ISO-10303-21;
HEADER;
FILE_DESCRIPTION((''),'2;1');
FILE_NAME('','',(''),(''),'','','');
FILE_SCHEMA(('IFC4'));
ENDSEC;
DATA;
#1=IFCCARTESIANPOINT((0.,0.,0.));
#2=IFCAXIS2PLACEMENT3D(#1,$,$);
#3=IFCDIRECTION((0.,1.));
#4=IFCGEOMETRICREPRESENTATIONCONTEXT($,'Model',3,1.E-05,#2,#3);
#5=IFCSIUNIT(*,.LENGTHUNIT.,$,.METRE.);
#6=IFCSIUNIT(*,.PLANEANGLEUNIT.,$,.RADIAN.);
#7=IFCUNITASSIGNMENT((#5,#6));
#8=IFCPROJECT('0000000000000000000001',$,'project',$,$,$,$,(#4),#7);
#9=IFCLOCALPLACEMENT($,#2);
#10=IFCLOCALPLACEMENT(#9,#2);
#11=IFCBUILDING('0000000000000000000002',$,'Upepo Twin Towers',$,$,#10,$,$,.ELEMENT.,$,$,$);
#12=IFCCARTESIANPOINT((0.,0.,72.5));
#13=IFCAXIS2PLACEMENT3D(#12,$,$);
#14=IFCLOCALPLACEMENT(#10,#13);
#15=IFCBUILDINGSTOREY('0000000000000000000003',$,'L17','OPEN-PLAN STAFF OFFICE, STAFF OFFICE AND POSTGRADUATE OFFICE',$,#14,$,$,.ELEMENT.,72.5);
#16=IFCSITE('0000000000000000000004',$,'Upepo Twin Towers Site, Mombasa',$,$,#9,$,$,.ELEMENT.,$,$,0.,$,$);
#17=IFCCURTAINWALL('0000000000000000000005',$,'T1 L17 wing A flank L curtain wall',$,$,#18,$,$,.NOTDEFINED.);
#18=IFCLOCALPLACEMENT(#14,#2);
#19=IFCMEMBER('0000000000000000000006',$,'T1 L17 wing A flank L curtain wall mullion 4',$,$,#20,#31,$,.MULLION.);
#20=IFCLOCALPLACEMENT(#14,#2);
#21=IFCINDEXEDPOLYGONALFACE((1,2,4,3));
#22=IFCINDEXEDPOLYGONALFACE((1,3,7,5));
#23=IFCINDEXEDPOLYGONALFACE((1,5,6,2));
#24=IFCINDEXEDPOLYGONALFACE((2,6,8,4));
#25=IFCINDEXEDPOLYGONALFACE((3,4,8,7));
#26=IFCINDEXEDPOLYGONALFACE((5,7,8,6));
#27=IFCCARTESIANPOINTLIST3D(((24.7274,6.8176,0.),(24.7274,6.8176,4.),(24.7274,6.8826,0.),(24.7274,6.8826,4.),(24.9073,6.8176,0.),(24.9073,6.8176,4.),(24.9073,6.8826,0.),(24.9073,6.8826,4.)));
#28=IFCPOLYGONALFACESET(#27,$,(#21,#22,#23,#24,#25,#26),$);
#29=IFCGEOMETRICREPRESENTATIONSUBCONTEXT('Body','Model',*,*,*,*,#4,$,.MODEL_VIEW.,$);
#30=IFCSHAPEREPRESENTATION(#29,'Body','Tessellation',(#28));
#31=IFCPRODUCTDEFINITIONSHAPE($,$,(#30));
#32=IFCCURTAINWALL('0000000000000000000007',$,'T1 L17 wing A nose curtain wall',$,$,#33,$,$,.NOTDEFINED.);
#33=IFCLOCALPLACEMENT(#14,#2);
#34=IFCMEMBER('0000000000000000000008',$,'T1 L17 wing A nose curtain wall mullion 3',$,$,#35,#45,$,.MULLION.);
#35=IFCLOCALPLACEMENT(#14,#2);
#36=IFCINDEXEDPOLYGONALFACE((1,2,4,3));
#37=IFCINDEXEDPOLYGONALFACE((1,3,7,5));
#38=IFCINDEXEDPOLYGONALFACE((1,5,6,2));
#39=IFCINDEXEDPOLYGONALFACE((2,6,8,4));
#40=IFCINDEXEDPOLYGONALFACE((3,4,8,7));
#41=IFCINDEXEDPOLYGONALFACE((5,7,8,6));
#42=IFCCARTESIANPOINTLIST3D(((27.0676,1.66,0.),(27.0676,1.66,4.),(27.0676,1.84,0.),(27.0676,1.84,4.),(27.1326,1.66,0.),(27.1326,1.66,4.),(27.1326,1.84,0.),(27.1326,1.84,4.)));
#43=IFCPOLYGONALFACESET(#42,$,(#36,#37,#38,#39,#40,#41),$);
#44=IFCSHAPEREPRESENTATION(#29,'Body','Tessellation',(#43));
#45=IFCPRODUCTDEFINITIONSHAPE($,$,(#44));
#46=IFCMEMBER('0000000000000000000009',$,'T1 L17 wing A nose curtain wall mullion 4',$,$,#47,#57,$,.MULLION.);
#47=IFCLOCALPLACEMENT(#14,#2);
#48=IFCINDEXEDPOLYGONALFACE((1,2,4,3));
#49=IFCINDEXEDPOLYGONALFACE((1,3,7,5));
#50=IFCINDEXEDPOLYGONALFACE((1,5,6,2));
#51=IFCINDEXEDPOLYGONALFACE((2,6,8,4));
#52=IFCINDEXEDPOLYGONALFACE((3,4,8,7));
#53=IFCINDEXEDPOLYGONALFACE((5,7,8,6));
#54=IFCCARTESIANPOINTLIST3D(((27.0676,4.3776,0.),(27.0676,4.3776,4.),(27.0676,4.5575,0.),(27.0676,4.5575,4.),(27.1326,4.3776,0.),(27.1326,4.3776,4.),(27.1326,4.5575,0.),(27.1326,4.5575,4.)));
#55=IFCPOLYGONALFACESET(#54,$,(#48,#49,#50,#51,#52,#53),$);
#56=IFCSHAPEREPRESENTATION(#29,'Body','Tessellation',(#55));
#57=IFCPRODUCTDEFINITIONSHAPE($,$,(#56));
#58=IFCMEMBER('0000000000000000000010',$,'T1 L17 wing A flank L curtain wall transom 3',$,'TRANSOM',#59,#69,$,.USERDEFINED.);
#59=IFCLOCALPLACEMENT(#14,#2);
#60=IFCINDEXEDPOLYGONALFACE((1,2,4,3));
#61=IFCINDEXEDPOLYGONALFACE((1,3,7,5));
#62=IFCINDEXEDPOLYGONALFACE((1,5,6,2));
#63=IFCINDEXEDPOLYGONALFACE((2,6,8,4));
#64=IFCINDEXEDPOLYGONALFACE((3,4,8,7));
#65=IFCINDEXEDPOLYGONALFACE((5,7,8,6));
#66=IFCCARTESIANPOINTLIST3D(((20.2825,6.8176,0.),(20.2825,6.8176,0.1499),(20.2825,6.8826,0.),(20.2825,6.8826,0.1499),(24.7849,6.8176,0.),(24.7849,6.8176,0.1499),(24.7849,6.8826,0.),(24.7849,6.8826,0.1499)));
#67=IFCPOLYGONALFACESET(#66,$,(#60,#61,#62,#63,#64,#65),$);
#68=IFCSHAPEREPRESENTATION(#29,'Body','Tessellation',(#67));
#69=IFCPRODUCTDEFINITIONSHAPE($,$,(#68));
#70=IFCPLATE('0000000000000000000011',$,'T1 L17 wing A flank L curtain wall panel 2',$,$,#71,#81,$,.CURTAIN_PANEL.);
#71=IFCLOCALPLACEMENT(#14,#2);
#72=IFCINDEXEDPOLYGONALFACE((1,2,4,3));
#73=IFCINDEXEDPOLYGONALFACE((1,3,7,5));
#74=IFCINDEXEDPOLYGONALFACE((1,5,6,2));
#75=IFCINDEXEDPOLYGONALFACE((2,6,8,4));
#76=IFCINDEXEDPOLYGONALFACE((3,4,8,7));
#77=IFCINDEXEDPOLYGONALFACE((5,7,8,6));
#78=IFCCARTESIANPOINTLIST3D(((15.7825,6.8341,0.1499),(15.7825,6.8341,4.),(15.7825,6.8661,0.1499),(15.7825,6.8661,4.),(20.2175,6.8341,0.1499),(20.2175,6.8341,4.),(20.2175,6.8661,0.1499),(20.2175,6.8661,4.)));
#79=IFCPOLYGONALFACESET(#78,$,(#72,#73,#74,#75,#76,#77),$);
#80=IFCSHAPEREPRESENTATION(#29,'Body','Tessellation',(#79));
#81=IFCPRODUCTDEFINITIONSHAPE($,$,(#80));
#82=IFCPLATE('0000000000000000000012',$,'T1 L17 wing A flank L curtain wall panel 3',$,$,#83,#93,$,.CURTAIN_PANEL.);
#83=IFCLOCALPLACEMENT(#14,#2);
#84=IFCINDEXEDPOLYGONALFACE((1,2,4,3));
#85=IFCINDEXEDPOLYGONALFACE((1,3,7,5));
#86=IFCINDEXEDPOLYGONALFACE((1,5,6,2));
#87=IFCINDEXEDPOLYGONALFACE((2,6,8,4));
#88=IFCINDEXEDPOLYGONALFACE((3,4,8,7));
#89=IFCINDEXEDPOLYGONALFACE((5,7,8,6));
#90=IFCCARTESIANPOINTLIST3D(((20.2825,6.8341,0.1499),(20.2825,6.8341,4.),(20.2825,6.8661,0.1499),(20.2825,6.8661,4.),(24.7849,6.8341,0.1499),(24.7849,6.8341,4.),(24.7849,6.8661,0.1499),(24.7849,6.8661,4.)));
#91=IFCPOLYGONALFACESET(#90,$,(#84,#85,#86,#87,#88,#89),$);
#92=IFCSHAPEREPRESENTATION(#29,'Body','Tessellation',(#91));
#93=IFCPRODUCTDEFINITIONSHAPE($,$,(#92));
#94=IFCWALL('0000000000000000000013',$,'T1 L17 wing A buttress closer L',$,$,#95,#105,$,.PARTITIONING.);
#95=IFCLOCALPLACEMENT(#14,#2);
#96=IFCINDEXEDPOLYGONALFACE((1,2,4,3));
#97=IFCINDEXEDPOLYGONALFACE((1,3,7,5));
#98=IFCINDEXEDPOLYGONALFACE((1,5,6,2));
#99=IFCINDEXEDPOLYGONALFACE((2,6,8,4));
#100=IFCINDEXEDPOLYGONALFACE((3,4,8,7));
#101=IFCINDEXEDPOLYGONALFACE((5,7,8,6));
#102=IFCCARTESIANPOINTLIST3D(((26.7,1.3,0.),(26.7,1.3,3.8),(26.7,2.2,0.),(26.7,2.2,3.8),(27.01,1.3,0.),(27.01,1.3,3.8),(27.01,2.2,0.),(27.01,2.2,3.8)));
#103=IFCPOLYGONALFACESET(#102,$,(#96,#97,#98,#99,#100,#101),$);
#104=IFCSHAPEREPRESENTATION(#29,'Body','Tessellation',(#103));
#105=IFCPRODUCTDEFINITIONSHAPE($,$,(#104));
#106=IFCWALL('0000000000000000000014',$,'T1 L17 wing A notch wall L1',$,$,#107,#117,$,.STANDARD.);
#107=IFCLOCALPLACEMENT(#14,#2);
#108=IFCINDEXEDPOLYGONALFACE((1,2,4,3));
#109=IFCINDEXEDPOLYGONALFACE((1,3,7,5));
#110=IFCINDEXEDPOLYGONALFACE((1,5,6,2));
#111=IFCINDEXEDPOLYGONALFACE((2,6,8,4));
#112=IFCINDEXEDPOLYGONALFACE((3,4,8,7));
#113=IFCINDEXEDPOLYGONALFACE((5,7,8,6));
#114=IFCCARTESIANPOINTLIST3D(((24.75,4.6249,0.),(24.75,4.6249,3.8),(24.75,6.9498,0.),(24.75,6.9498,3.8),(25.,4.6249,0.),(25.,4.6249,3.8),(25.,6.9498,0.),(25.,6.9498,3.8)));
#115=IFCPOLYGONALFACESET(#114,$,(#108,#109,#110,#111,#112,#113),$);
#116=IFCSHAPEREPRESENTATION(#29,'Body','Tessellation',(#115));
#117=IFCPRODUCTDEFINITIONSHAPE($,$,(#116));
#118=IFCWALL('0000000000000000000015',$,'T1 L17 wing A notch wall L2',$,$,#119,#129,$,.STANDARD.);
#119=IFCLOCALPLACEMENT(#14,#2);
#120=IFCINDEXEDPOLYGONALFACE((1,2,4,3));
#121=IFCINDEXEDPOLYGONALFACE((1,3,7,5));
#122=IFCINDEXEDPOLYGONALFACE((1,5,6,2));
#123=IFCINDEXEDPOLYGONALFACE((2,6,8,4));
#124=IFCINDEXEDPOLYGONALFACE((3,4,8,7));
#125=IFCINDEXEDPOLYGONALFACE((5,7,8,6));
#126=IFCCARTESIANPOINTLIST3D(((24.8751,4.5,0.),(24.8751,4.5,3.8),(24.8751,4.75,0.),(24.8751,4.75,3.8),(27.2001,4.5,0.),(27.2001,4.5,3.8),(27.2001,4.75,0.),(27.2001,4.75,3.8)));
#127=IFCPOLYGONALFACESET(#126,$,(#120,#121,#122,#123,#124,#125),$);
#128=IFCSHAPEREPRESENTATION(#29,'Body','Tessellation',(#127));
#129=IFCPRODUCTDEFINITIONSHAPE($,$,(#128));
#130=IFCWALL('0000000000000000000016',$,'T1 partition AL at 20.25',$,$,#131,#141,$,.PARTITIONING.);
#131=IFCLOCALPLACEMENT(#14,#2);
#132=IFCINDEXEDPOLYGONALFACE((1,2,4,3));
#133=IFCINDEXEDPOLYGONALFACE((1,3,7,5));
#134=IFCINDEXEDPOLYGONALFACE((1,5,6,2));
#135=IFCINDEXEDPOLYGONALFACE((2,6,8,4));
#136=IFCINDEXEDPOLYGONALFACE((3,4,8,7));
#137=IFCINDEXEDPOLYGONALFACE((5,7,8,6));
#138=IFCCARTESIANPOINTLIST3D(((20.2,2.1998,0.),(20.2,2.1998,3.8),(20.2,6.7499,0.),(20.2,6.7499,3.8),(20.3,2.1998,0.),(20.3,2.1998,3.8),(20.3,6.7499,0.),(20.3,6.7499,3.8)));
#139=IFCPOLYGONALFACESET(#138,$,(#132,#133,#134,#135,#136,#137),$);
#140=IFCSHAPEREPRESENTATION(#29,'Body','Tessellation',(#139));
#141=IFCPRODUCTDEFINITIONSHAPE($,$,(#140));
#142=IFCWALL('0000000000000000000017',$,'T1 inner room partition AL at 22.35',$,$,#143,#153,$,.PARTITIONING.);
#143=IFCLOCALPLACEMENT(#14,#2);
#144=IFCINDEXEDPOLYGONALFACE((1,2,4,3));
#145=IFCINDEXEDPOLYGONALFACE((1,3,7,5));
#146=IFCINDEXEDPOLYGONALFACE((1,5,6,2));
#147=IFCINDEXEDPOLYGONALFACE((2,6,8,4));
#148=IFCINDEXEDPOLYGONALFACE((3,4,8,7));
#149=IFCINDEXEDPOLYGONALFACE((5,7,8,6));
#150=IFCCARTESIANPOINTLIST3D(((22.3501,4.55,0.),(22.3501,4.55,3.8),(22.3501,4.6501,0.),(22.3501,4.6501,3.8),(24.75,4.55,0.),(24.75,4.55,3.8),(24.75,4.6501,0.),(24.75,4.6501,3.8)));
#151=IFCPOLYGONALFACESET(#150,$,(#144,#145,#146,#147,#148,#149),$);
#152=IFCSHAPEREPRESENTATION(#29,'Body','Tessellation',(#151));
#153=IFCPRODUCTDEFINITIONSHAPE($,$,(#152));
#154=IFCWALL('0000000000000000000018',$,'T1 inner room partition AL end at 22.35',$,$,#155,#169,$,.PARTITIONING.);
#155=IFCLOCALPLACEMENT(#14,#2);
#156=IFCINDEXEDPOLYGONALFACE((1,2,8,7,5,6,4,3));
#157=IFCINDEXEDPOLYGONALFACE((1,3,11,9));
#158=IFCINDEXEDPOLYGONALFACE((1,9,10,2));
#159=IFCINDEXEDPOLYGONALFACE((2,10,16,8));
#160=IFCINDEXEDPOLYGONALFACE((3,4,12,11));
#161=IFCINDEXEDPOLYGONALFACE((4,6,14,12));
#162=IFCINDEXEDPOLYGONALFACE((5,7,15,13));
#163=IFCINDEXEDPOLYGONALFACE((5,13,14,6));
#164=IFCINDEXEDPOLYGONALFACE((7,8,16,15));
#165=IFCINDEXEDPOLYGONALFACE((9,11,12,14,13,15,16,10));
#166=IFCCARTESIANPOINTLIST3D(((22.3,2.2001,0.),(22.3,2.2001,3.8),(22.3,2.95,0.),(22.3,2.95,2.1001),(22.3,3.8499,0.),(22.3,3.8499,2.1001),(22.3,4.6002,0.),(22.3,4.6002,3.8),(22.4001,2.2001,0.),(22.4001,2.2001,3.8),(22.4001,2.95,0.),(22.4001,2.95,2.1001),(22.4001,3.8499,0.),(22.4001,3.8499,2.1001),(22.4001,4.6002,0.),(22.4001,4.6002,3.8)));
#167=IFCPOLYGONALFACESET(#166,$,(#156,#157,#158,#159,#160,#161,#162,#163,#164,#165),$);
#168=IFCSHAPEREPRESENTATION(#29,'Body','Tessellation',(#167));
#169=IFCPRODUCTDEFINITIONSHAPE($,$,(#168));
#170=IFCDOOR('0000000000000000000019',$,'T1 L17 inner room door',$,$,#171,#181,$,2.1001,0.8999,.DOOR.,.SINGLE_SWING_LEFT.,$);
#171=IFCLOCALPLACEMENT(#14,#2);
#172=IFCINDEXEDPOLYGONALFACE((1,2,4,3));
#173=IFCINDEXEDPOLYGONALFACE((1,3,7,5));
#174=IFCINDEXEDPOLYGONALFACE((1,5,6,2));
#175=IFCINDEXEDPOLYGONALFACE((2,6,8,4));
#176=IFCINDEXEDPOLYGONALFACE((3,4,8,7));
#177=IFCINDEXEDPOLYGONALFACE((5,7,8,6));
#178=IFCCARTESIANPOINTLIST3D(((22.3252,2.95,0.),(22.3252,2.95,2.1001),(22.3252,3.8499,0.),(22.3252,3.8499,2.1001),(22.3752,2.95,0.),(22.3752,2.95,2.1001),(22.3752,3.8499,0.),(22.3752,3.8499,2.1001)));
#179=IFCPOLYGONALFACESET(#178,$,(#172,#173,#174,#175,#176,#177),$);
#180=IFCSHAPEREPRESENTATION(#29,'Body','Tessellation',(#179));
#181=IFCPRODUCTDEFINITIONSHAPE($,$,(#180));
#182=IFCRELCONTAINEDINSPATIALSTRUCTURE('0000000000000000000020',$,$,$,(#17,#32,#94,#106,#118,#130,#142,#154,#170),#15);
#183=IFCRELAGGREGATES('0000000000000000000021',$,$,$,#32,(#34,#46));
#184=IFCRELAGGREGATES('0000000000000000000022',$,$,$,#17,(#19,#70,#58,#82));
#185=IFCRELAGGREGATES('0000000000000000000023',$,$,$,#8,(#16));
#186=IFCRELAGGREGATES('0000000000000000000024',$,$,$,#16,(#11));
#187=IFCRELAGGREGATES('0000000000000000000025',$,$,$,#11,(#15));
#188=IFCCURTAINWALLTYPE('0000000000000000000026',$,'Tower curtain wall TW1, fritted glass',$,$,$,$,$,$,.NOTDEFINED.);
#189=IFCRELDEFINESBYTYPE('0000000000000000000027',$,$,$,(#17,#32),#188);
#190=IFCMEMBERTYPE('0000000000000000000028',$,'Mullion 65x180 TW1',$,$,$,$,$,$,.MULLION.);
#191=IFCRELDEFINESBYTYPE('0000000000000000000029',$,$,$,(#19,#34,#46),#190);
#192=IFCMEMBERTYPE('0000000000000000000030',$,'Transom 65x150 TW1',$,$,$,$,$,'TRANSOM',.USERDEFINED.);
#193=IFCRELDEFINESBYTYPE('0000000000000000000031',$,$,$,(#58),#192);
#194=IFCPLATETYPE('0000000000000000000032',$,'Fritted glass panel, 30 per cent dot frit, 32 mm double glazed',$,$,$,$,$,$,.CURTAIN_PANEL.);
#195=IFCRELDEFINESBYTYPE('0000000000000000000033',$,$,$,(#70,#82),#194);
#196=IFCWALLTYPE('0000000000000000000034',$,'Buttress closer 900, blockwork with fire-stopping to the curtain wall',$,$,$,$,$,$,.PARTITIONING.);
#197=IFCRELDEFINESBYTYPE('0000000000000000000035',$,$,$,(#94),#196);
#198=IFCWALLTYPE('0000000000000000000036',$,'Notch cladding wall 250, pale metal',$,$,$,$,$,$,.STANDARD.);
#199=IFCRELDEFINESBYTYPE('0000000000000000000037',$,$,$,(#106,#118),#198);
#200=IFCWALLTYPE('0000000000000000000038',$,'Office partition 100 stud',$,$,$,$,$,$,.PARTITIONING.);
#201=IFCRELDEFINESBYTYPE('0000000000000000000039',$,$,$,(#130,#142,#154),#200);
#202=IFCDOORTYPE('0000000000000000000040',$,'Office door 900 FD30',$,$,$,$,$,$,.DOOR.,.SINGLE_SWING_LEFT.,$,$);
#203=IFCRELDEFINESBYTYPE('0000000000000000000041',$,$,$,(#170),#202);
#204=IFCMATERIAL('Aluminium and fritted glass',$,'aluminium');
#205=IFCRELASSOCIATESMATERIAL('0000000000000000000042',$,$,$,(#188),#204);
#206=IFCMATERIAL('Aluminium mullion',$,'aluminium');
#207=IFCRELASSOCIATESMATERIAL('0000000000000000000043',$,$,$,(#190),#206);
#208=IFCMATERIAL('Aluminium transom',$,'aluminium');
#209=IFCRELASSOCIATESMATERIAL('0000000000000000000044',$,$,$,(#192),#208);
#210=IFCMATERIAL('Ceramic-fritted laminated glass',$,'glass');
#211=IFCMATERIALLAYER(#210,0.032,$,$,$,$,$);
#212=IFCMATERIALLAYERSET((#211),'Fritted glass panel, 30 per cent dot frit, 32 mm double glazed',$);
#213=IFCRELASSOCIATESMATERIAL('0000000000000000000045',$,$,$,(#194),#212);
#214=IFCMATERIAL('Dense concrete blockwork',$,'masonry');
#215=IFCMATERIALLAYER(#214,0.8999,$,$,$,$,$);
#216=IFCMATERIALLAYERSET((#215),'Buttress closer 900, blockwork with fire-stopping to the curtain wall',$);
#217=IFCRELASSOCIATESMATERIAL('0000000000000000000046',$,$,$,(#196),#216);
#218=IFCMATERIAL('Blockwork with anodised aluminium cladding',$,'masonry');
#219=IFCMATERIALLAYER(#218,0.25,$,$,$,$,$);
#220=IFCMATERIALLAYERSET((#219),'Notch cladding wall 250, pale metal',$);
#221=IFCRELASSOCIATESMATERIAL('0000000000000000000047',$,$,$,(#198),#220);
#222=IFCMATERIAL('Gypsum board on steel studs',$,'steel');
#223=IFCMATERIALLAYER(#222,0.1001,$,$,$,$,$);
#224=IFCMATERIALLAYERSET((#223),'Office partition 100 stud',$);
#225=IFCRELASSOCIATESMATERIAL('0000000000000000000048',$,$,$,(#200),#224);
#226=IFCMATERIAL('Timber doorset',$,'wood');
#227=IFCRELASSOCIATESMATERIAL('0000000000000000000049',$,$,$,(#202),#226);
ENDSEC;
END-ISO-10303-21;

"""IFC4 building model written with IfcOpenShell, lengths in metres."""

from ifc_helpers import new_model, si_unit, direction, frame, frame_2d, origin, origin_2d, place, context, subcontext, project, spatial, rectangle, extrude, material, layer, layer_set, material_profile, profile_set, type_object, element, fill, aggregate, save


model = new_model("IFC4")

# Units and contexts
model_context = context("Model", 3, precision=1e-05, world=origin(), true_north=direction((0.0, 1.0)))
body_context = subcontext(model_context, "Body", "Model", "MODEL_VIEW")
ifc_project = project(units=[si_unit("LENGTHUNIT", "METRE"), si_unit("PLANEANGLEUNIT", "RADIAN")], contexts=[model_context])

# Site, building, storey
site_placement = place(None, origin())
site = spatial("IfcSite", under=ifc_project, at=site_placement, Name="Upepo Twin Towers Site, Mombasa", CompositionType="ELEMENT", RefElevation=0.0)
building_placement = place(site_placement, origin())
building = spatial("IfcBuilding", under=site, at=building_placement, Name="Upepo Twin Towers", CompositionType="ELEMENT")
storey_placement = place(building_placement, frame((0.0, 0.0, 72.5)))
storey = spatial("IfcBuildingStorey", under=building, at=storey_placement, Name="L17", Description="OPEN-PLAN STAFF OFFICE, STAFF OFFICE AND POSTGRADUATE OFFICE", CompositionType="ELEMENT", Elevation=72.5)

# Curtain walls, members
ifc_material_1 = material(Name="Aluminium and fritted glass", Category="aluminium")
curtain_wall_type = type_object("IfcCurtainWallType", Name="Tower curtain wall TW1, fritted glass", PredefinedType="NOTDEFINED", material=ifc_material_1)
curtain_wall_1_placement = place(storey_placement, origin())
curtain_wall_1 = element("IfcCurtainWall", 1, at=curtain_wall_1_placement, inside=storey, type_object=curtain_wall_type, Name="T1 L17 wing A flank L curtain wall", PredefinedType="NOTDEFINED")
ifc_material_2 = material(Name="Aluminium mullion", Category="aluminium")
ifc_material_profile_1 = material_profile(ifc_material_2, rectangle(XDim=0.0649, YDim=0.1799, at=origin_2d()), Name="MULLION 65x180")
ifc_profile_set_1 = profile_set([ifc_material_profile_1], Name="Aluminium mullion")
member_type_1 = type_object("IfcMemberType", Name="Mullion 65x180 TW1", PredefinedType="MULLION", material=ifc_profile_set_1)
member_1_placement = place(storey_placement, frame((24.8174, 6.8501, 0.0), z_axis=(0.0, 0.0, 1.0), x_axis=(0.0, 1.0, 0.0)))
member_1 = element("IfcMember", 2, at=member_1_placement, type_object=member_type_1, Name="T1 L17 wing A flank L curtain wall mullion 4", PredefinedType="MULLION", context=body_context, shape_type="SweptSolid", body=[
    extrude(rectangle(XDim=0.0649, YDim=0.1799, at=origin_2d()), origin(), (0.0, 0.0, 1.0), 4.0),
])
curtain_wall_2_placement = place(storey_placement, origin())
curtain_wall_2 = element("IfcCurtainWall", 3, at=curtain_wall_2_placement, inside=storey, type_object=curtain_wall_type, Name="T1 L17 wing A nose curtain wall", PredefinedType="NOTDEFINED")
member_2_placement = place(storey_placement, frame((27.1001, 1.75, 0.0), z_axis=(0.0, 0.0, 1.0), x_axis=(-1.0, 0.0, 0.0)))
member_2 = element("IfcMember", 4, at=member_2_placement, type_object=member_type_1, Name="T1 L17 wing A nose curtain wall mullion 3", PredefinedType="MULLION", context=body_context, shape_type="SweptSolid", body=[
    extrude(rectangle(XDim=0.0649, YDim=0.1799, at=origin_2d()), origin(), (0.0, 0.0, 1.0), 4.0),
])
member_3_placement = place(storey_placement, frame((27.1001, 4.4675, 0.0), z_axis=(0.0, 0.0, 1.0), x_axis=(-1.0, 0.0, 0.0)))
member_3 = element("IfcMember", 5, at=member_3_placement, type_object=member_type_1, Name="T1 L17 wing A nose curtain wall mullion 4", PredefinedType="MULLION", context=body_context, shape_type="SweptSolid", body=[
    extrude(rectangle(XDim=0.0649, YDim=0.1799, at=origin_2d()), origin(), (0.0, 0.0, 1.0), 4.0),
])
aggregate(curtain_wall_2, [member_2, member_3])

# Member
ifc_material_3 = material(Name="Aluminium transom", Category="aluminium")
ifc_material_profile_2 = material_profile(ifc_material_3, rectangle(XDim=0.0649, YDim=0.1499, at=origin_2d()), Name="TRANSOM 65x150")
ifc_profile_set_2 = profile_set([ifc_material_profile_2], Name="Aluminium transom")
member_type_2 = type_object("IfcMemberType", Name="Transom 65x150 TW1", ElementType="TRANSOM", PredefinedType="USERDEFINED", material=ifc_profile_set_2)
member_4_placement = place(storey_placement, frame((20.2825, 6.8501, 0.075), z_axis=(1.0, 0.0, 0.0), x_axis=(0.0, 1.0, 0.0)))
member_4 = element("IfcMember", 6, at=member_4_placement, type_object=member_type_2, Name="T1 L17 wing A flank L curtain wall transom 3", ObjectType="TRANSOM", PredefinedType="USERDEFINED", context=body_context, shape_type="SweptSolid", body=[
    extrude(rectangle(XDim=0.0649, YDim=0.1499, at=origin_2d()), origin(), (0.0, 0.0, 1.0), 4.5024),
])

# Plates
ifc_material_4 = material(Name="Ceramic-fritted laminated glass", Category="glass")
ifc_layer_1 = layer(ifc_material_4, 0.032)
ifc_layer_set_1 = layer_set([ifc_layer_1], Name="Fritted glass panel, 30 per cent dot frit, 32 mm double glazed")
plate_type = type_object("IfcPlateType", Name="Fritted glass panel, 30 per cent dot frit, 32 mm double glazed", PredefinedType="CURTAIN_PANEL", material=ifc_layer_set_1)
plate_1_placement = place(storey_placement, frame((18.0, 6.8501, 0.1499), z_axis=(0.0, 0.0, 1.0), x_axis=(1.0, 0.0, 0.0)))
plate_1 = element("IfcPlate", 7, at=plate_1_placement, type_object=plate_type, Name="T1 L17 wing A flank L curtain wall panel 2", PredefinedType="CURTAIN_PANEL", context=body_context, shape_type="SweptSolid", body=[
    extrude(rectangle(XDim=4.4351, YDim=0.032, at=origin_2d()), origin(), (0.0, 0.0, 1.0), 3.8501),
])
plate_2_placement = place(storey_placement, frame((22.5337, 6.8501, 0.1499), z_axis=(0.0, 0.0, 1.0), x_axis=(1.0, 0.0, 0.0)))
plate_2 = element("IfcPlate", 8, at=plate_2_placement, type_object=plate_type, Name="T1 L17 wing A flank L curtain wall panel 3", PredefinedType="CURTAIN_PANEL", context=body_context, shape_type="SweptSolid", body=[
    extrude(rectangle(XDim=4.5024, YDim=0.032, at=origin_2d()), origin(), (0.0, 0.0, 1.0), 3.8501),
])
aggregate(curtain_wall_1, [member_1, plate_1, member_4, plate_2])

# Walls
ifc_material_5 = material(Name="Dense concrete blockwork", Category="masonry")
ifc_layer_2 = layer(ifc_material_5, 0.8999)
ifc_layer_set_2 = layer_set([ifc_layer_2], Name="Buttress closer 900, blockwork with fire-stopping to the curtain wall")
wall_type_1 = type_object("IfcWallType", Name="Buttress closer 900, blockwork with fire-stopping to the curtain wall", PredefinedType="PARTITIONING", material=ifc_layer_set_2)
wall_1_placement = place(storey_placement, frame((26.7, 1.75, 0.0), z_axis=(0.0, 0.0, 1.0), x_axis=(1.0, 0.0, 0.0)))
element("IfcWall", 9, at=wall_1_placement, inside=storey, type_object=wall_type_1, Name="T1 L17 wing A buttress closer L", PredefinedType="PARTITIONING", context=body_context, shape_type="SweptSolid", body=[
    extrude(rectangle(XDim=0.3101, YDim=0.8999, at=frame_2d((0.155, 0.0))), origin(), (0.0, 0.0, 1.0), 3.8),
])
ifc_material_6 = material(Name="Blockwork with anodised aluminium cladding", Category="masonry")
ifc_layer_3 = layer(ifc_material_6, 0.25)
ifc_layer_set_3 = layer_set([ifc_layer_3], Name="Notch cladding wall 250, pale metal")
wall_type_2 = type_object("IfcWallType", Name="Notch cladding wall 250, pale metal", PredefinedType="STANDARD", material=ifc_layer_set_3)
for number, where, z_axis, x_axis, name in (
    (10, (24.875, 6.95, 0.0), (0.0, 0.0, 1.0), (0.0, -1.0, 0.0), "T1 L17 wing A notch wall L1"),
    (11, (24.875, 4.625, 0.0), (0.0, 0.0, 1.0), (1.0, 0.0, 0.0), "T1 L17 wing A notch wall L2"),
):
    element("IfcWall", number, at=place(storey_placement, frame(where, z_axis=z_axis, x_axis=x_axis)), inside=storey, type_object=wall_type_2, Name=name, PredefinedType="STANDARD", context=body_context, shape_type="SweptSolid", body=[
        extrude(rectangle(XDim=2.325, YDim=0.25, at=frame_2d((1.1626, 0.0))), origin(), (0.0, 0.0, 1.0), 3.8),
    ])
ifc_material_7 = material(Name="Gypsum board on steel studs", Category="steel")
ifc_layer_4 = layer(ifc_material_7, 0.1001)
ifc_layer_set_4 = layer_set([ifc_layer_4], Name="Office partition 100 stud")
wall_type_3 = type_object("IfcWallType", Name="Office partition 100 stud", PredefinedType="PARTITIONING", material=ifc_layer_set_4)
wall_2_placement = place(storey_placement, frame((20.25, 2.2, 0.0), z_axis=(0.0, 0.0, 1.0), x_axis=(0.0, 1.0, 0.0)))
element("IfcWall", 12, at=wall_2_placement, inside=storey, type_object=wall_type_3, Name="T1 partition AL at 20.25", PredefinedType="PARTITIONING", context=body_context, shape_type="SweptSolid", body=[
    extrude(rectangle(XDim=4.55, YDim=0.1001, at=frame_2d((2.2749, 0.0))), origin(), (0.0, 0.0, 1.0), 3.8),
])
wall_3_placement = place(storey_placement, frame((22.3501, 4.6001, 0.0), z_axis=(0.0, 0.0, 1.0), x_axis=(1.0, 0.0, 0.0)))
element("IfcWall", 13, at=wall_3_placement, inside=storey, type_object=wall_type_3, Name="T1 inner room partition AL at 22.35", PredefinedType="PARTITIONING", context=body_context, shape_type="SweptSolid", body=[
    extrude(rectangle(XDim=2.3999, YDim=0.1001, at=frame_2d((1.2, 0.0))), origin(), (0.0, 0.0, 1.0), 3.8),
])

# Wall, opening, door
wall_4_placement = place(storey_placement, frame((22.3501, 2.2, 0.0), z_axis=(0.0, 0.0, 1.0), x_axis=(0.0, 1.0, 0.0)))
wall_4 = element("IfcWall", 14, at=wall_4_placement, inside=storey, type_object=wall_type_3, Name="T1 inner room partition AL end at 22.35", PredefinedType="PARTITIONING", context=body_context, shape_type="SweptSolid", body=[
    extrude(rectangle(XDim=2.4001, YDim=0.1001, at=frame_2d((1.2002, 0.0))), origin(), (0.0, 0.0, 1.0), 3.8),
])
opening_placement = place(wall_4_placement, frame((0.75, 0.0, 0.0)))
opening = element("IfcOpeningElement", 15, at=opening_placement, cuts=wall_4, PredefinedType="OPENING", context=body_context, shape_type="SweptSolid", body=[
    extrude(rectangle(XDim=0.8999, YDim=2.1001, at=frame_2d((0.45, 1.05))), frame((0.0, 0.0601, 0.0), z_axis=(0.0, -1.0, 0.0), x_axis=(1.0, 0.0, 0.0)), (0.0, 0.0, 1.0), 0.1201),
])
ifc_material_8 = material(Name="Timber doorset", Category="wood")
door_type = type_object("IfcDoorType", Name="Office door 900 FD30", OperationType="SINGLE_SWING_LEFT", PredefinedType="DOOR", material=ifc_material_8)
door_placement = place(opening_placement, origin())
door = element("IfcDoor", 16, at=door_placement, inside=storey, type_object=door_type, Name="T1 L17 inner room door", OperationType="SINGLE_SWING_LEFT", OverallHeight=2.1001, OverallWidth=0.8999, PredefinedType="DOOR", context=body_context, shape_type="SweptSolid", body=[
    extrude(rectangle(XDim=0.8999, YDim=2.1001, at=frame_2d((0.45, 1.05))), frame((0.0, 0.0249, 0.0), z_axis=(0.0, -1.0, 0.0), x_axis=(1.0, 0.0, 0.0)), (0.0, 0.0, 1.0), 0.05),
])
fill(opening, door)

save(model, "model.ifc")
